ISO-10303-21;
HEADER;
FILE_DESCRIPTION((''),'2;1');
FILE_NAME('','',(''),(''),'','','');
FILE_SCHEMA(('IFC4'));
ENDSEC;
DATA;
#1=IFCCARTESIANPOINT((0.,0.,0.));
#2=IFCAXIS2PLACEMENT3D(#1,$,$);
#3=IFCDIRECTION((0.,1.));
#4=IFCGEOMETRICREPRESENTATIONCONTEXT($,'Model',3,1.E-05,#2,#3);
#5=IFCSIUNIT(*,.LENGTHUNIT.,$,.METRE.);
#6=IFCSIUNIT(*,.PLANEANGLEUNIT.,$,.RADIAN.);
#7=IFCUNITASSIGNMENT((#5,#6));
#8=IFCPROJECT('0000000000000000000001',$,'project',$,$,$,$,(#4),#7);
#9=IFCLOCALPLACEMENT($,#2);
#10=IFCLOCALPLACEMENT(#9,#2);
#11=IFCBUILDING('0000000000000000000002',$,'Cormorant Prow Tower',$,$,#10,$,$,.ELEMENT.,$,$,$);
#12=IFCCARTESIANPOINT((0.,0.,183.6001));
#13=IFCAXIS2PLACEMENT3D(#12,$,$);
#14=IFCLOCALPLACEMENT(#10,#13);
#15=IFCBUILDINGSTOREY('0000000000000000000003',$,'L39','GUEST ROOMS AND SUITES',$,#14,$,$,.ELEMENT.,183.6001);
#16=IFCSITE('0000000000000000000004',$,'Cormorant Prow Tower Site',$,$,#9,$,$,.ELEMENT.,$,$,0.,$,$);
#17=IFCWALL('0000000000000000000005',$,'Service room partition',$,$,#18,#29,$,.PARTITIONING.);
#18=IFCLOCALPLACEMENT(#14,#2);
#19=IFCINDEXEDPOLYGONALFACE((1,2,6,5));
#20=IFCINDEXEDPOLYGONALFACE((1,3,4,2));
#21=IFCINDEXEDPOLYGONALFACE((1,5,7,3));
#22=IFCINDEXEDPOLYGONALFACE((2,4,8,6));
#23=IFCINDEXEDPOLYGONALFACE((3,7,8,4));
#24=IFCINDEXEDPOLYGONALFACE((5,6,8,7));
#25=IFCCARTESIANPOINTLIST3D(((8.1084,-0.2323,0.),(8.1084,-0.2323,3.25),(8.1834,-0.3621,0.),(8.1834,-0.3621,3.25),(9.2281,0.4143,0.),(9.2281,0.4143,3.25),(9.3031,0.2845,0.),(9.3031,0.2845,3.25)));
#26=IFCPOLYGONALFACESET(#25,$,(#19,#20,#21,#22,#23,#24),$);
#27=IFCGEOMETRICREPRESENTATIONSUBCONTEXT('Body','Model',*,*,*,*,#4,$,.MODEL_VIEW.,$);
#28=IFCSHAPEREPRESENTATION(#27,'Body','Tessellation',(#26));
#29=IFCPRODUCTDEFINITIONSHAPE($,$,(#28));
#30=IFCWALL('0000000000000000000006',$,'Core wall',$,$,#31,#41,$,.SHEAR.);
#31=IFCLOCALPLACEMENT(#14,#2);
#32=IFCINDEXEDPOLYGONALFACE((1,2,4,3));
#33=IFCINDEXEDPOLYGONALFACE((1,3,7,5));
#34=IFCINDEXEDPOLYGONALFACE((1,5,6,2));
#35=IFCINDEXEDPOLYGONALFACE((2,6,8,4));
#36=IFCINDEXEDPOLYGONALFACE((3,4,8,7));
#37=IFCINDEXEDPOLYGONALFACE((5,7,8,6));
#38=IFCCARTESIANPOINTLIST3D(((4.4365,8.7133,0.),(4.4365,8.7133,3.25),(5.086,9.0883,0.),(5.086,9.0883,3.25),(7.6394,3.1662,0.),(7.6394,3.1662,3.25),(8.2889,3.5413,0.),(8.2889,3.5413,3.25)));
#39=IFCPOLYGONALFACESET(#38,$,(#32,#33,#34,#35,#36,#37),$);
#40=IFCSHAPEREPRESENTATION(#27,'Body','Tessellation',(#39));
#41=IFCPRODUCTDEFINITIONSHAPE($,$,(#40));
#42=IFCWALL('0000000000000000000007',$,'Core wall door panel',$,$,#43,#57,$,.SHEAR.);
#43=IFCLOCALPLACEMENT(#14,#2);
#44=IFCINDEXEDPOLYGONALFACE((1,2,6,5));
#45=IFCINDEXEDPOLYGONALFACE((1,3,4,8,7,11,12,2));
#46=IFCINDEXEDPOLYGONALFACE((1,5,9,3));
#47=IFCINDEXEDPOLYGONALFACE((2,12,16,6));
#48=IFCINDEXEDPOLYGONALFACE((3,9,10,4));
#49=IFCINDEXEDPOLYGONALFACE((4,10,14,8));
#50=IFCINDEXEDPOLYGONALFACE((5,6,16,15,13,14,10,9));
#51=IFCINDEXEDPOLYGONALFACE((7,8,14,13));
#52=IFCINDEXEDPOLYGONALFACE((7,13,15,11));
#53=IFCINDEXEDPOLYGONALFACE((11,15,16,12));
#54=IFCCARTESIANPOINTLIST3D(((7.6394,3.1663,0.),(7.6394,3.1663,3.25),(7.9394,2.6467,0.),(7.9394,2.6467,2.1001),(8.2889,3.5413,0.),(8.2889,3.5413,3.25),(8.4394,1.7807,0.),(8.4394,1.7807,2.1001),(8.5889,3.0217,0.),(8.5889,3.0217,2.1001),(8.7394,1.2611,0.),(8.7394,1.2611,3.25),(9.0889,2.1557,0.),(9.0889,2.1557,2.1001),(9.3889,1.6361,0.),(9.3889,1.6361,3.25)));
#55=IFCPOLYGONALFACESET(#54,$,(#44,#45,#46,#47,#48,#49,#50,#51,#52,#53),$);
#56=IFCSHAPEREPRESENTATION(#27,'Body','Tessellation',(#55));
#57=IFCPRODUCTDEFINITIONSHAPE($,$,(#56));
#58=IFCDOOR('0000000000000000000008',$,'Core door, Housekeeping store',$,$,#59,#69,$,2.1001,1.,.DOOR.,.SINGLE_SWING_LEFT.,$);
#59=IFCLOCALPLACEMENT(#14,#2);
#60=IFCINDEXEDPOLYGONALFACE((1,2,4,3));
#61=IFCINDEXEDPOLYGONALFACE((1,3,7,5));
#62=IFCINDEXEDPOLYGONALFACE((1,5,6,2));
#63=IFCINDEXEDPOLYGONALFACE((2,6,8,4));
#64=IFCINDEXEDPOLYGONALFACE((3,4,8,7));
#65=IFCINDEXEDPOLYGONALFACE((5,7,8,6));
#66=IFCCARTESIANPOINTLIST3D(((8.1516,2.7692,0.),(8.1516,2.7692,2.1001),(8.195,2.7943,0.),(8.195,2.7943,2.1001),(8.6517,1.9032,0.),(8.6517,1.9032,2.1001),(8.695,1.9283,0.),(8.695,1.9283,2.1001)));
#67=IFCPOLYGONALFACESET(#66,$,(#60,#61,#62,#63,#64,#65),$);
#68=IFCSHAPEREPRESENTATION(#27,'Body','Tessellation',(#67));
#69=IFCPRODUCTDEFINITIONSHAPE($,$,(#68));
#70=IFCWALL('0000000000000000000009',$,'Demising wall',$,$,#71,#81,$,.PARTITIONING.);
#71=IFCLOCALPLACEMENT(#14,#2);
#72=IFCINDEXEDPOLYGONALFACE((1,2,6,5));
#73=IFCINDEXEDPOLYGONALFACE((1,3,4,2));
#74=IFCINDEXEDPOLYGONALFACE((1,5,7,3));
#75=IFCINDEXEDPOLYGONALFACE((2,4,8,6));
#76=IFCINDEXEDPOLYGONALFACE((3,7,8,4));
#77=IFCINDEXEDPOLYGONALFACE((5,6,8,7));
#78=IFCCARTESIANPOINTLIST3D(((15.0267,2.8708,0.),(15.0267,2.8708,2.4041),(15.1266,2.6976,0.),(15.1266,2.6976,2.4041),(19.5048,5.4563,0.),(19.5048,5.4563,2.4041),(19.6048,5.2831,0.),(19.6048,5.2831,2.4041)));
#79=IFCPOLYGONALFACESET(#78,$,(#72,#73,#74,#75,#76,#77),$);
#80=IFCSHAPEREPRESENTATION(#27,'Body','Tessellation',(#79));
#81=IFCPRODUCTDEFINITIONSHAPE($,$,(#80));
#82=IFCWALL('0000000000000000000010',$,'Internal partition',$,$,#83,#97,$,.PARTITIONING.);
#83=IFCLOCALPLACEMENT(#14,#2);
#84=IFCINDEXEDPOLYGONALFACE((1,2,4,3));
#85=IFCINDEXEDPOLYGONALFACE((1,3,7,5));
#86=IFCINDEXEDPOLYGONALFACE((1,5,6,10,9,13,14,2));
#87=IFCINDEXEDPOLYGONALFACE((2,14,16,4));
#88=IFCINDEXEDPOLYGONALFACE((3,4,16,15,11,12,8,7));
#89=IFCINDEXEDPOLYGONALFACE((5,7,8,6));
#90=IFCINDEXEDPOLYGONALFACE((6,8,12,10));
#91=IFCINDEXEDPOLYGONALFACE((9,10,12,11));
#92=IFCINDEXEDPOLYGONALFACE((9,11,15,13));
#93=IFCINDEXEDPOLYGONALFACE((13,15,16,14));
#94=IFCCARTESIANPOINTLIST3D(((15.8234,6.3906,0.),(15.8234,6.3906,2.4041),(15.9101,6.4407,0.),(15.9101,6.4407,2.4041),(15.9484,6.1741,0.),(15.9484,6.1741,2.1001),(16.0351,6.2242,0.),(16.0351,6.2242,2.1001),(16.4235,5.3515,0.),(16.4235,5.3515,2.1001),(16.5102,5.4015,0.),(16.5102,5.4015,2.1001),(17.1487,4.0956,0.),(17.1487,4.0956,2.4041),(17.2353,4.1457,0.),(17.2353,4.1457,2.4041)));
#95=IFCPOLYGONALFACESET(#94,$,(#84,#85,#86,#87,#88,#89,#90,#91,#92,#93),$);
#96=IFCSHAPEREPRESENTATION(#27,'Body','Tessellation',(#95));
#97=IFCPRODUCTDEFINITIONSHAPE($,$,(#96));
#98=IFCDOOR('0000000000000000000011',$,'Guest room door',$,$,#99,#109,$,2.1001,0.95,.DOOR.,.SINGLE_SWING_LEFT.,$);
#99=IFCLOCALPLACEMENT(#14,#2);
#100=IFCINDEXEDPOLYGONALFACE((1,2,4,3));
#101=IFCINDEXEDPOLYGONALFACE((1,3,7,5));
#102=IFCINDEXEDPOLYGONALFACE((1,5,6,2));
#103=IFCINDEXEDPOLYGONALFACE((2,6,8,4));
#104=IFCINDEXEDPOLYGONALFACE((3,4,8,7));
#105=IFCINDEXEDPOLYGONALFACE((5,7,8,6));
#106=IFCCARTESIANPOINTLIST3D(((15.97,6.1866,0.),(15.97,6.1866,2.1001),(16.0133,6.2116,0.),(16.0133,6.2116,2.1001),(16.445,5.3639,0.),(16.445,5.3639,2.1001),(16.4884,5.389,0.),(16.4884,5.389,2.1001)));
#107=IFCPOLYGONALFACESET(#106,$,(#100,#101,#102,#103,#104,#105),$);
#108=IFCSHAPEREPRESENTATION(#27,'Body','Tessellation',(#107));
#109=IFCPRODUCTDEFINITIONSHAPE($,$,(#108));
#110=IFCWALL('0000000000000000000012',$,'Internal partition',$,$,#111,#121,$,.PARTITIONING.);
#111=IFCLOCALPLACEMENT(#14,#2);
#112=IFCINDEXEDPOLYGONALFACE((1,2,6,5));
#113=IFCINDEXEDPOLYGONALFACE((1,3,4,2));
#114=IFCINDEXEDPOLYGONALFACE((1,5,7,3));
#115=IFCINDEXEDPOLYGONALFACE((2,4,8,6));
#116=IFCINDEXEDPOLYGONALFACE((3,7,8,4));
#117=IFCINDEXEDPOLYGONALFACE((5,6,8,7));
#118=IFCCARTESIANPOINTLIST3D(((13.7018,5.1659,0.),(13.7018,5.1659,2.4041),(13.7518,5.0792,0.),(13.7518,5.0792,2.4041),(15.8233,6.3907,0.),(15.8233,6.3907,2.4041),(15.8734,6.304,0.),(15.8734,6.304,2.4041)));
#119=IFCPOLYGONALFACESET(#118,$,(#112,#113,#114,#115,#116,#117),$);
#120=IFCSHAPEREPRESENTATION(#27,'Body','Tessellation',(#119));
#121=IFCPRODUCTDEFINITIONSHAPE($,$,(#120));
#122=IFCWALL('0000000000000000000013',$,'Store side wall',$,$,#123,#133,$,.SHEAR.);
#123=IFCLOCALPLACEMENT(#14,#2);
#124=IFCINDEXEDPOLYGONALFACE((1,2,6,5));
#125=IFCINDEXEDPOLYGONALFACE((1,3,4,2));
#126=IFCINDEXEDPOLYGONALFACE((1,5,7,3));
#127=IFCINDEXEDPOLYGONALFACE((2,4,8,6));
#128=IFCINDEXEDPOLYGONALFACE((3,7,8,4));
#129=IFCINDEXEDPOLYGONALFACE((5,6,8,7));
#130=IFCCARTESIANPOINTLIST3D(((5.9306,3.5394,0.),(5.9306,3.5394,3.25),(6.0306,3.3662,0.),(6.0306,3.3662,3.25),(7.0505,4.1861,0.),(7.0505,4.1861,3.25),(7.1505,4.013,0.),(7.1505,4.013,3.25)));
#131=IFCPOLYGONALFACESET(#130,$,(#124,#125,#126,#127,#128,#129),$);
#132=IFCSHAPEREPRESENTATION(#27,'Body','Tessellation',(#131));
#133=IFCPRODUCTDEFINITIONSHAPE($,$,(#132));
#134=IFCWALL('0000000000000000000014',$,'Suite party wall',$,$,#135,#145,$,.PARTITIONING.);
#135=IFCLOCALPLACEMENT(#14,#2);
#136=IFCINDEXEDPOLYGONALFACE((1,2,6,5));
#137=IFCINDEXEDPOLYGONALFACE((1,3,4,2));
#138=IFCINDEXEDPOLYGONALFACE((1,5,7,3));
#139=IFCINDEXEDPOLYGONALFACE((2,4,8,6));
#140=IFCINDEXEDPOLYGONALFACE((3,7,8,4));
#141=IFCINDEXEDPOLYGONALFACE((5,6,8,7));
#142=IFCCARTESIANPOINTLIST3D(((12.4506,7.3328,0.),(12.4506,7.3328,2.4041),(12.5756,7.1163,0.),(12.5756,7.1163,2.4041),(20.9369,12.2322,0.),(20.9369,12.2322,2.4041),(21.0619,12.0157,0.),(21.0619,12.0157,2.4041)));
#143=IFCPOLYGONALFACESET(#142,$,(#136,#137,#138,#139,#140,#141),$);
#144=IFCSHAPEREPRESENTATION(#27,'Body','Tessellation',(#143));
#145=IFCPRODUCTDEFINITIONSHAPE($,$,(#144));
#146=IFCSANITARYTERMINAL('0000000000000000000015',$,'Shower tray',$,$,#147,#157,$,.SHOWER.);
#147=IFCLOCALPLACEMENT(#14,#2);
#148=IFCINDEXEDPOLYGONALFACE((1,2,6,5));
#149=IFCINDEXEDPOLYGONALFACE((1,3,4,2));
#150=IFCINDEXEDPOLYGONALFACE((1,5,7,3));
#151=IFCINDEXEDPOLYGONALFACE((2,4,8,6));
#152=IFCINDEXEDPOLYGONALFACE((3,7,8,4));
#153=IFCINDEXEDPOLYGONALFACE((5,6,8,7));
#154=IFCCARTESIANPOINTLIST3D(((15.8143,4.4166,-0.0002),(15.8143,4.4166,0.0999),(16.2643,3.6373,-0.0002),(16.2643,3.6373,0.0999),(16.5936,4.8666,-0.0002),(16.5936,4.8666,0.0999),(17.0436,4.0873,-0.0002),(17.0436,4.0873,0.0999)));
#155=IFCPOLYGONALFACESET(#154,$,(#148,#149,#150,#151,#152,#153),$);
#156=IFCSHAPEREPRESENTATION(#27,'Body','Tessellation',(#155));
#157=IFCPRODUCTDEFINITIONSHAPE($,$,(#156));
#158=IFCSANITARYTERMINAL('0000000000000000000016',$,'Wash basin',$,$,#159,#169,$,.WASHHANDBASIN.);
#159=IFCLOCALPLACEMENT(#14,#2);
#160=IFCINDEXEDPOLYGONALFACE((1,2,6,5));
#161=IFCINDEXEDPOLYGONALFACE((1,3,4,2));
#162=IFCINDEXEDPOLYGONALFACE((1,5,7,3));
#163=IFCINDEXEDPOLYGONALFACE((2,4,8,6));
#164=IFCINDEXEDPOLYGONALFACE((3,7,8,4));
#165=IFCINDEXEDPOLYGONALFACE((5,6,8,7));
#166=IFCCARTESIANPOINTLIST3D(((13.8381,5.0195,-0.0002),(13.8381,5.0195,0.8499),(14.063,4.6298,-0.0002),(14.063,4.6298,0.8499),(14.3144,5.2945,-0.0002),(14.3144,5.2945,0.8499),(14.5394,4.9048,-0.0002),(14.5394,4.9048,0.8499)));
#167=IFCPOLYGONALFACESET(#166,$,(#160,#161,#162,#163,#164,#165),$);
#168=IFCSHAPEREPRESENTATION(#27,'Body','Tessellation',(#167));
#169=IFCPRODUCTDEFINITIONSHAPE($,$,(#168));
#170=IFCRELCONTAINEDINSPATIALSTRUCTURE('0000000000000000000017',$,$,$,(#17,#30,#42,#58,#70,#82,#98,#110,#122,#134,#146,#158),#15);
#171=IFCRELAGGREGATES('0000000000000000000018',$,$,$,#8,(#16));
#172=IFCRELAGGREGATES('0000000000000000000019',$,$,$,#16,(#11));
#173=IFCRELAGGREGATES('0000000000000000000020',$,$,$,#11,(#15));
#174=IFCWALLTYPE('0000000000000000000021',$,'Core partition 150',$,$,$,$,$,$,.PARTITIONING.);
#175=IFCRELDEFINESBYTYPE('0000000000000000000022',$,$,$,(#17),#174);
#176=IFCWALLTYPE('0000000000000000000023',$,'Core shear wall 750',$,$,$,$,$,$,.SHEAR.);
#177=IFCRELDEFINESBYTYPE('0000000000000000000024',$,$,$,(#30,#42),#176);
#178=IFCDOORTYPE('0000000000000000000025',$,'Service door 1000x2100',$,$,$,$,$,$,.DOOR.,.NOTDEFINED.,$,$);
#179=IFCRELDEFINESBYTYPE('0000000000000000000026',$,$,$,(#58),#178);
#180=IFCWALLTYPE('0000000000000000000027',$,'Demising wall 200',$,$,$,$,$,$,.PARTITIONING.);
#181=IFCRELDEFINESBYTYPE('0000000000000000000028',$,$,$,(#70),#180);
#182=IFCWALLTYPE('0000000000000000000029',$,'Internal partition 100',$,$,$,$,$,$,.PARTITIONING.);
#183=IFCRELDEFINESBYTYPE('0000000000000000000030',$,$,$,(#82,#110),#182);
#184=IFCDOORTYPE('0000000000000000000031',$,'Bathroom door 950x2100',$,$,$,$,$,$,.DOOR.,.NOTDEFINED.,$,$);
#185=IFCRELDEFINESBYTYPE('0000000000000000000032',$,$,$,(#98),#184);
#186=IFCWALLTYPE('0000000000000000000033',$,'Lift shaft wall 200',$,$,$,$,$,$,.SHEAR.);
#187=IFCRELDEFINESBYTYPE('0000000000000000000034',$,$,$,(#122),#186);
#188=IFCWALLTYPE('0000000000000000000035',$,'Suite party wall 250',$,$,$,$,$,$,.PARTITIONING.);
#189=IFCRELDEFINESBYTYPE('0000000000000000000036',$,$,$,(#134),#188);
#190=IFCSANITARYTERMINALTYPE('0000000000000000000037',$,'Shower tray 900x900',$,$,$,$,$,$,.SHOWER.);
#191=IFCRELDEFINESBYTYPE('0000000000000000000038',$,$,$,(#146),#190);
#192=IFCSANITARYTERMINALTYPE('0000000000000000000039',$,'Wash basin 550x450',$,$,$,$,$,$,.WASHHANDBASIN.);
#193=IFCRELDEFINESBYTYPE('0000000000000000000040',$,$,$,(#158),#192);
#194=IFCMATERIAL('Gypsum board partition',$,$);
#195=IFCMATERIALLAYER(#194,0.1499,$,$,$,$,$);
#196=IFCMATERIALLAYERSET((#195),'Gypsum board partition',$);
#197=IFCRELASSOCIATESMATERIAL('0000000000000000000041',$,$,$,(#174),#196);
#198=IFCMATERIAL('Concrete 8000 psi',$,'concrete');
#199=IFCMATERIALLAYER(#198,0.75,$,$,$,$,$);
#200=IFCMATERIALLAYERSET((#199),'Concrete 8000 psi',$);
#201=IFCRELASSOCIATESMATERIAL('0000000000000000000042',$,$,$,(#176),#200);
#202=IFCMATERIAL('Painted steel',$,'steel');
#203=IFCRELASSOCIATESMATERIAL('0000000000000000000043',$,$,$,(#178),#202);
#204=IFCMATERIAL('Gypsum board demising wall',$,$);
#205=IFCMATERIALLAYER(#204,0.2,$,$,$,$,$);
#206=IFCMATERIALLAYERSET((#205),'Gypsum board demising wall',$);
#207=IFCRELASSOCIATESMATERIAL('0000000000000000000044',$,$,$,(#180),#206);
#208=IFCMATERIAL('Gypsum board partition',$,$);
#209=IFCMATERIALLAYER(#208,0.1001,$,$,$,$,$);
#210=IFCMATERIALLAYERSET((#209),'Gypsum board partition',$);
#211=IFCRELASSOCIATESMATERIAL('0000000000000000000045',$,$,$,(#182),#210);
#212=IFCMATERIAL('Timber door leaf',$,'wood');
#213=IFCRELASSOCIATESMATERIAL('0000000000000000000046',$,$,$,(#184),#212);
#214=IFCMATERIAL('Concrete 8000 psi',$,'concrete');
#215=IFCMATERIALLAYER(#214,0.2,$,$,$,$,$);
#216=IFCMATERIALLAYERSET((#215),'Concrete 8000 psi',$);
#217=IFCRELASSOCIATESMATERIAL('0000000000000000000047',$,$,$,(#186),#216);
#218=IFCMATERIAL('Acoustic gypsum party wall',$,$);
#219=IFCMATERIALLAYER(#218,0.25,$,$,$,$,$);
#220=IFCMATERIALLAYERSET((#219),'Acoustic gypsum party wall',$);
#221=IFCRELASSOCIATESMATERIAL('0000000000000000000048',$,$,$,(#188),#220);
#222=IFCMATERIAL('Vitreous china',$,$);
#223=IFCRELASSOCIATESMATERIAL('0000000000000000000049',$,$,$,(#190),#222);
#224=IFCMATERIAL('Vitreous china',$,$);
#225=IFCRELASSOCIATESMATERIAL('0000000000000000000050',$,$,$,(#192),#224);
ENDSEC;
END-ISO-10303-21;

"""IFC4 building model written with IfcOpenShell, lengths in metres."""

from ifc_helpers import new_model, si_unit, direction, frame, frame_2d, origin, origin_2d, place, context, subcontext, project, spatial, rectangle, extrude, material, layer, layer_set, type_object, element, fill, save


model = new_model("IFC4")

# Units and contexts
model_context = context("Model", 3, precision=1e-05, world=origin(), true_north=direction((0.0, 1.0)))
body_context = subcontext(model_context, "Body", "Model", "MODEL_VIEW")
ifc_project = project(units=[si_unit("LENGTHUNIT", "METRE"), si_unit("PLANEANGLEUNIT", "RADIAN")], contexts=[model_context])

# Site, building, storey
site_placement = place(None, origin())
site = spatial("IfcSite", under=ifc_project, at=site_placement, Name="Cormorant Prow Tower Site", CompositionType="ELEMENT", RefElevation=0.0)
building_placement = place(site_placement, origin())
building = spatial("IfcBuilding", under=site, at=building_placement, Name="Cormorant Prow Tower", CompositionType="ELEMENT")
storey_placement = place(building_placement, frame((0.0, 0.0, 183.6001)))
storey = spatial("IfcBuildingStorey", under=building, at=storey_placement, Name="L39", Description="GUEST ROOMS AND SUITES", CompositionType="ELEMENT", Elevation=183.6001)

# Walls
ifc_material_1 = material(Name="Gypsum board partition")
ifc_layer_1 = layer(ifc_material_1, 0.1499)
ifc_layer_set_1 = layer_set([ifc_layer_1], Name="Gypsum board partition")
wall_type_1 = type_object("IfcWallType", Name="Core partition 150", PredefinedType="PARTITIONING", material=ifc_layer_set_1)
wall_1_placement = place(storey_placement, frame((9.2656, 0.3494, 0.0), z_axis=(0.0, 0.0, 1.0), x_axis=(-0.866003, -0.500038, 0.0)))
element("IfcWall", 1, at=wall_1_placement, inside=storey, type_object=wall_type_1, Name="Service room partition", PredefinedType="PARTITIONING", context=body_context, shape_type="SweptSolid", body=[
    extrude(rectangle(XDim=1.293, YDim=0.1499, at=frame_2d((0.6465, 0.0))), origin(), (0.0, 0.0, 1.0), 3.25),
])
ifc_material_2 = material(Name="Concrete 8000 psi", Category="concrete")
ifc_layer_2 = layer(ifc_material_2, 0.75)
ifc_layer_set_2 = layer_set([ifc_layer_2], Name="Concrete 8000 psi")
wall_type_2 = type_object("IfcWallType", Name="Core shear wall 750", PredefinedType="SHEAR", material=ifc_layer_set_2)
wall_2_placement = place(storey_placement, frame((7.9641, 3.3538, 0.0), z_axis=(0.0, 0.0, 1.0), x_axis=(-0.500029, 0.866008, 0.0)))
element("IfcWall", 2, at=wall_2_placement, inside=storey, type_object=wall_type_2, Name="Core wall", PredefinedType="SHEAR", context=body_context, shape_type="SweptSolid", body=[
    extrude(rectangle(XDim=6.4053, YDim=0.75, at=frame_2d((3.2026, 0.0))), origin(), (0.0, 0.0, 1.0), 3.25),
])

# Wall, opening, door
wall_3_placement = place(storey_placement, frame((9.0642, 1.4485, 0.0), z_axis=(0.0, 0.0, 1.0), x_axis=(-0.50003, 0.866008, 0.0)))
wall_3 = element("IfcWall", 3, at=wall_3_placement, inside=storey, type_object=wall_type_2, Name="Core wall door panel", PredefinedType="SHEAR", context=body_context, shape_type="SweptSolid", body=[
    extrude(rectangle(XDim=2.2, YDim=0.75, at=frame_2d((1.1001, 0.0))), origin(), (0.0, 0.0, 1.0), 3.25),
])
opening_1_placement = place(wall_3_placement, frame((0.6001, 0.0, 0.0)))
opening_1 = element("IfcOpeningElement", 4, at=opening_1_placement, cuts=wall_3, PredefinedType="OPENING", context=body_context, shape_type="SweptSolid", body=[
    extrude(rectangle(XDim=1.0, YDim=2.1001, at=frame_2d((0.5, 1.05))), frame((0.0, 0.385, 0.0), z_axis=(0.0, -1.0, 0.0), x_axis=(1.0, 0.0, 0.0)), (0.0, 0.0, 1.0), 0.77),
])
ifc_material_3 = material(Name="Painted steel", Category="steel")
door_type_1 = type_object("IfcDoorType", Name="Service door 1000x2100", OperationType="NOTDEFINED", PredefinedType="DOOR", material=ifc_material_3)
door_1_placement = place(opening_1_placement, origin())
door_1 = element("IfcDoor", 5, at=door_1_placement, inside=storey, type_object=door_type_1, Name="Core door, Housekeeping store", OperationType="SINGLE_SWING_LEFT", OverallHeight=2.1001, OverallWidth=1.0, PredefinedType="DOOR", context=body_context, shape_type="SweptSolid", body=[
    extrude(rectangle(XDim=1.0, YDim=2.1001, at=frame_2d((0.5, 1.05))), frame((0.0, 0.1299, 0.0), z_axis=(0.0, -1.0, 0.0), x_axis=(1.0, 0.0, 0.0)), (0.0, 0.0, 1.0), 0.05),
])
fill(opening_1, door_1)

# Wall
ifc_material_4 = material(Name="Gypsum board demising wall")
ifc_layer_3 = layer(ifc_material_4, 0.2)
ifc_layer_set_3 = layer_set([ifc_layer_3], Name="Gypsum board demising wall")
wall_type_3 = type_object("IfcWallType", Name="Demising wall 200", PredefinedType="PARTITIONING", material=ifc_layer_set_3)
wall_4_placement = place(storey_placement, frame((15.0767, 2.7842, 0.0), z_axis=(0.0, 0.0, 1.0), x_axis=(0.86602, 0.500009, 0.0)))
element("IfcWall", 6, at=wall_4_placement, inside=storey, type_object=wall_type_3, Name="Demising wall", PredefinedType="PARTITIONING", context=body_context, shape_type="SweptSolid", body=[
    extrude(rectangle(XDim=5.1709, YDim=0.2, at=frame_2d((2.5854, 0.0))), origin(), (0.0, 0.0, 1.0), 2.4041),
])

# Wall, opening, door
ifc_material_5 = material(Name="Gypsum board partition")
ifc_layer_4 = layer(ifc_material_5, 0.1001)
ifc_layer_set_4 = layer_set([ifc_layer_4], Name="Gypsum board partition")
wall_type_4 = type_object("IfcWallType", Name="Internal partition 100", PredefinedType="PARTITIONING", material=ifc_layer_set_4)
wall_5_placement = place(storey_placement, frame((15.8667, 6.4158, 0.0), z_axis=(0.0, 0.0, 1.0), x_axis=(0.500063, -0.865989, 0.0)))
wall_5 = element("IfcWall", 7, at=wall_5_placement, inside=storey, type_object=wall_type_4, Name="Internal partition", PredefinedType="PARTITIONING", context=body_context, shape_type="SweptSolid", body=[
    extrude(rectangle(XDim=2.6501, YDim=0.1001, at=frame_2d((1.3252, 0.0))), origin(), (0.0, 0.0, 1.0), 2.4041),
])
opening_2_placement = place(wall_5_placement, frame((0.25, 0.0, 0.0)))
opening_2 = element("IfcOpeningElement", 8, at=opening_2_placement, cuts=wall_5, PredefinedType="OPENING", context=body_context, shape_type="SweptSolid", body=[
    extrude(rectangle(XDim=0.95, YDim=2.1001, at=frame_2d((0.4751, 1.05))), frame((0.0, 0.0601, 0.0), z_axis=(0.0, -1.0, 0.0), x_axis=(1.0, 0.0, 0.0)), (0.0, 0.0, 1.0), 0.1201),
])
ifc_material_6 = material(Name="Timber door leaf", Category="wood")
door_type_2 = type_object("IfcDoorType", Name="Bathroom door 950x2100", OperationType="NOTDEFINED", PredefinedType="DOOR", material=ifc_material_6)
door_2_placement = place(opening_2_placement, origin())
door_2 = element("IfcDoor", 9, at=door_2_placement, inside=storey, type_object=door_type_2, Name="Guest room door", OperationType="SINGLE_SWING_LEFT", OverallHeight=2.1001, OverallWidth=0.95, PredefinedType="DOOR", context=body_context, shape_type="SweptSolid", body=[
    extrude(rectangle(XDim=0.95, YDim=2.1001, at=frame_2d((0.4751, 1.05))), frame((0.0, 0.0249, 0.0), z_axis=(0.0, -1.0, 0.0), x_axis=(1.0, 0.0, 0.0)), (0.0, 0.0, 1.0), 0.05),
])
fill(opening_2, door_2)

# Walls
wall_6_placement = place(storey_placement, frame((13.7268, 5.1226, 0.0), z_axis=(0.0, 0.0, 1.0), x_axis=(0.866033, 0.499987, 0.0)))
element("IfcWall", 10, at=wall_6_placement, inside=storey, type_object=wall_type_4, Name="Internal partition", PredefinedType="PARTITIONING", context=body_context, shape_type="SweptSolid", body=[
    extrude(rectangle(XDim=2.4497, YDim=0.1001, at=frame_2d((1.2249, 0.0))), origin(), (0.0, 0.0, 1.0), 2.4041),
])
ifc_material_7 = material(Name="Concrete 8000 psi", Category="concrete")
ifc_layer_5 = layer(ifc_material_7, 0.2)
ifc_layer_set_5 = layer_set([ifc_layer_5], Name="Concrete 8000 psi")
wall_type_5 = type_object("IfcWallType", Name="Lift shaft wall 200", PredefinedType="SHEAR", material=ifc_layer_set_5)
wall_7_placement = place(storey_placement, frame((5.9807, 3.4529, 0.0), z_axis=(0.0, 0.0, 1.0), x_axis=(0.865969, 0.500098, 0.0)))
element("IfcWall", 11, at=wall_7_placement, inside=storey, type_object=wall_type_5, Name="Store side wall", PredefinedType="SHEAR", context=body_context, shape_type="SweptSolid", body=[
    extrude(rectangle(XDim=1.2932, YDim=0.2, at=frame_2d((0.6465, 0.0))), origin(), (0.0, 0.0, 1.0), 3.25),
])
ifc_material_8 = material(Name="Acoustic gypsum party wall")
ifc_layer_6 = layer(ifc_material_8, 0.25)
ifc_layer_set_6 = layer_set([ifc_layer_6], Name="Acoustic gypsum party wall")
wall_type_6 = type_object("IfcWallType", Name="Suite party wall 250", PredefinedType="PARTITIONING", material=ifc_layer_set_6)
wall_8_placement = place(storey_placement, frame((12.5132, 7.2246, 0.0), z_axis=(0.0, 0.0, 1.0), x_axis=(0.866033, 0.499987, 0.0)))
element("IfcWall", 12, at=wall_8_placement, inside=storey, type_object=wall_type_6, Name="Suite party wall", PredefinedType="PARTITIONING", context=body_context, shape_type="SweptSolid", body=[
    extrude(rectangle(XDim=9.7991, YDim=0.25, at=frame_2d((4.8994, 0.0))), origin(), (0.0, 0.0, 1.0), 2.4041),
])

# Sanitary terminals
ifc_material_9 = material(Name="Vitreous china")
sanitary_terminal_type_1 = type_object("IfcSanitaryTerminalType", Name="Shower tray 900x900", PredefinedType="SHOWER", material=ifc_material_9)
sanitary_terminal_1_placement = place(storey_placement, frame((16.429, 4.252, -0.0002), z_axis=(0.0, 0.0, 1.0), x_axis=(-0.866025, -0.5, 0.0)))
element("IfcSanitaryTerminal", 13, at=sanitary_terminal_1_placement, inside=storey, type_object=sanitary_terminal_type_1, Name="Shower tray", PredefinedType="SHOWER", context=body_context, shape_type="SweptSolid", body=[
    extrude(rectangle(XDim=0.8999, YDim=0.8999, at=origin_2d()), origin(), (0.0, 0.0, 1.0), 0.1001),
])
ifc_material_10 = material(Name="Vitreous china")
sanitary_terminal_type_2 = type_object("IfcSanitaryTerminalType", Name="Wash basin 550x450", PredefinedType="WASHHANDBASIN", material=ifc_material_10)
sanitary_terminal_2_placement = place(storey_placement, frame((14.1887, 4.9622, -0.0002), z_axis=(0.0, 0.0, 1.0), x_axis=(0.866025, 0.5, 0.0)))
element("IfcSanitaryTerminal", 14, at=sanitary_terminal_2_placement, inside=storey, type_object=sanitary_terminal_type_2, Name="Wash basin", PredefinedType="WASHHANDBASIN", context=body_context, shape_type="SweptSolid", body=[
    extrude(rectangle(XDim=0.55, YDim=0.45, at=origin_2d()), origin(), (0.0, 0.0, 1.0), 0.8501),
])

save(model, "model.ifc")
